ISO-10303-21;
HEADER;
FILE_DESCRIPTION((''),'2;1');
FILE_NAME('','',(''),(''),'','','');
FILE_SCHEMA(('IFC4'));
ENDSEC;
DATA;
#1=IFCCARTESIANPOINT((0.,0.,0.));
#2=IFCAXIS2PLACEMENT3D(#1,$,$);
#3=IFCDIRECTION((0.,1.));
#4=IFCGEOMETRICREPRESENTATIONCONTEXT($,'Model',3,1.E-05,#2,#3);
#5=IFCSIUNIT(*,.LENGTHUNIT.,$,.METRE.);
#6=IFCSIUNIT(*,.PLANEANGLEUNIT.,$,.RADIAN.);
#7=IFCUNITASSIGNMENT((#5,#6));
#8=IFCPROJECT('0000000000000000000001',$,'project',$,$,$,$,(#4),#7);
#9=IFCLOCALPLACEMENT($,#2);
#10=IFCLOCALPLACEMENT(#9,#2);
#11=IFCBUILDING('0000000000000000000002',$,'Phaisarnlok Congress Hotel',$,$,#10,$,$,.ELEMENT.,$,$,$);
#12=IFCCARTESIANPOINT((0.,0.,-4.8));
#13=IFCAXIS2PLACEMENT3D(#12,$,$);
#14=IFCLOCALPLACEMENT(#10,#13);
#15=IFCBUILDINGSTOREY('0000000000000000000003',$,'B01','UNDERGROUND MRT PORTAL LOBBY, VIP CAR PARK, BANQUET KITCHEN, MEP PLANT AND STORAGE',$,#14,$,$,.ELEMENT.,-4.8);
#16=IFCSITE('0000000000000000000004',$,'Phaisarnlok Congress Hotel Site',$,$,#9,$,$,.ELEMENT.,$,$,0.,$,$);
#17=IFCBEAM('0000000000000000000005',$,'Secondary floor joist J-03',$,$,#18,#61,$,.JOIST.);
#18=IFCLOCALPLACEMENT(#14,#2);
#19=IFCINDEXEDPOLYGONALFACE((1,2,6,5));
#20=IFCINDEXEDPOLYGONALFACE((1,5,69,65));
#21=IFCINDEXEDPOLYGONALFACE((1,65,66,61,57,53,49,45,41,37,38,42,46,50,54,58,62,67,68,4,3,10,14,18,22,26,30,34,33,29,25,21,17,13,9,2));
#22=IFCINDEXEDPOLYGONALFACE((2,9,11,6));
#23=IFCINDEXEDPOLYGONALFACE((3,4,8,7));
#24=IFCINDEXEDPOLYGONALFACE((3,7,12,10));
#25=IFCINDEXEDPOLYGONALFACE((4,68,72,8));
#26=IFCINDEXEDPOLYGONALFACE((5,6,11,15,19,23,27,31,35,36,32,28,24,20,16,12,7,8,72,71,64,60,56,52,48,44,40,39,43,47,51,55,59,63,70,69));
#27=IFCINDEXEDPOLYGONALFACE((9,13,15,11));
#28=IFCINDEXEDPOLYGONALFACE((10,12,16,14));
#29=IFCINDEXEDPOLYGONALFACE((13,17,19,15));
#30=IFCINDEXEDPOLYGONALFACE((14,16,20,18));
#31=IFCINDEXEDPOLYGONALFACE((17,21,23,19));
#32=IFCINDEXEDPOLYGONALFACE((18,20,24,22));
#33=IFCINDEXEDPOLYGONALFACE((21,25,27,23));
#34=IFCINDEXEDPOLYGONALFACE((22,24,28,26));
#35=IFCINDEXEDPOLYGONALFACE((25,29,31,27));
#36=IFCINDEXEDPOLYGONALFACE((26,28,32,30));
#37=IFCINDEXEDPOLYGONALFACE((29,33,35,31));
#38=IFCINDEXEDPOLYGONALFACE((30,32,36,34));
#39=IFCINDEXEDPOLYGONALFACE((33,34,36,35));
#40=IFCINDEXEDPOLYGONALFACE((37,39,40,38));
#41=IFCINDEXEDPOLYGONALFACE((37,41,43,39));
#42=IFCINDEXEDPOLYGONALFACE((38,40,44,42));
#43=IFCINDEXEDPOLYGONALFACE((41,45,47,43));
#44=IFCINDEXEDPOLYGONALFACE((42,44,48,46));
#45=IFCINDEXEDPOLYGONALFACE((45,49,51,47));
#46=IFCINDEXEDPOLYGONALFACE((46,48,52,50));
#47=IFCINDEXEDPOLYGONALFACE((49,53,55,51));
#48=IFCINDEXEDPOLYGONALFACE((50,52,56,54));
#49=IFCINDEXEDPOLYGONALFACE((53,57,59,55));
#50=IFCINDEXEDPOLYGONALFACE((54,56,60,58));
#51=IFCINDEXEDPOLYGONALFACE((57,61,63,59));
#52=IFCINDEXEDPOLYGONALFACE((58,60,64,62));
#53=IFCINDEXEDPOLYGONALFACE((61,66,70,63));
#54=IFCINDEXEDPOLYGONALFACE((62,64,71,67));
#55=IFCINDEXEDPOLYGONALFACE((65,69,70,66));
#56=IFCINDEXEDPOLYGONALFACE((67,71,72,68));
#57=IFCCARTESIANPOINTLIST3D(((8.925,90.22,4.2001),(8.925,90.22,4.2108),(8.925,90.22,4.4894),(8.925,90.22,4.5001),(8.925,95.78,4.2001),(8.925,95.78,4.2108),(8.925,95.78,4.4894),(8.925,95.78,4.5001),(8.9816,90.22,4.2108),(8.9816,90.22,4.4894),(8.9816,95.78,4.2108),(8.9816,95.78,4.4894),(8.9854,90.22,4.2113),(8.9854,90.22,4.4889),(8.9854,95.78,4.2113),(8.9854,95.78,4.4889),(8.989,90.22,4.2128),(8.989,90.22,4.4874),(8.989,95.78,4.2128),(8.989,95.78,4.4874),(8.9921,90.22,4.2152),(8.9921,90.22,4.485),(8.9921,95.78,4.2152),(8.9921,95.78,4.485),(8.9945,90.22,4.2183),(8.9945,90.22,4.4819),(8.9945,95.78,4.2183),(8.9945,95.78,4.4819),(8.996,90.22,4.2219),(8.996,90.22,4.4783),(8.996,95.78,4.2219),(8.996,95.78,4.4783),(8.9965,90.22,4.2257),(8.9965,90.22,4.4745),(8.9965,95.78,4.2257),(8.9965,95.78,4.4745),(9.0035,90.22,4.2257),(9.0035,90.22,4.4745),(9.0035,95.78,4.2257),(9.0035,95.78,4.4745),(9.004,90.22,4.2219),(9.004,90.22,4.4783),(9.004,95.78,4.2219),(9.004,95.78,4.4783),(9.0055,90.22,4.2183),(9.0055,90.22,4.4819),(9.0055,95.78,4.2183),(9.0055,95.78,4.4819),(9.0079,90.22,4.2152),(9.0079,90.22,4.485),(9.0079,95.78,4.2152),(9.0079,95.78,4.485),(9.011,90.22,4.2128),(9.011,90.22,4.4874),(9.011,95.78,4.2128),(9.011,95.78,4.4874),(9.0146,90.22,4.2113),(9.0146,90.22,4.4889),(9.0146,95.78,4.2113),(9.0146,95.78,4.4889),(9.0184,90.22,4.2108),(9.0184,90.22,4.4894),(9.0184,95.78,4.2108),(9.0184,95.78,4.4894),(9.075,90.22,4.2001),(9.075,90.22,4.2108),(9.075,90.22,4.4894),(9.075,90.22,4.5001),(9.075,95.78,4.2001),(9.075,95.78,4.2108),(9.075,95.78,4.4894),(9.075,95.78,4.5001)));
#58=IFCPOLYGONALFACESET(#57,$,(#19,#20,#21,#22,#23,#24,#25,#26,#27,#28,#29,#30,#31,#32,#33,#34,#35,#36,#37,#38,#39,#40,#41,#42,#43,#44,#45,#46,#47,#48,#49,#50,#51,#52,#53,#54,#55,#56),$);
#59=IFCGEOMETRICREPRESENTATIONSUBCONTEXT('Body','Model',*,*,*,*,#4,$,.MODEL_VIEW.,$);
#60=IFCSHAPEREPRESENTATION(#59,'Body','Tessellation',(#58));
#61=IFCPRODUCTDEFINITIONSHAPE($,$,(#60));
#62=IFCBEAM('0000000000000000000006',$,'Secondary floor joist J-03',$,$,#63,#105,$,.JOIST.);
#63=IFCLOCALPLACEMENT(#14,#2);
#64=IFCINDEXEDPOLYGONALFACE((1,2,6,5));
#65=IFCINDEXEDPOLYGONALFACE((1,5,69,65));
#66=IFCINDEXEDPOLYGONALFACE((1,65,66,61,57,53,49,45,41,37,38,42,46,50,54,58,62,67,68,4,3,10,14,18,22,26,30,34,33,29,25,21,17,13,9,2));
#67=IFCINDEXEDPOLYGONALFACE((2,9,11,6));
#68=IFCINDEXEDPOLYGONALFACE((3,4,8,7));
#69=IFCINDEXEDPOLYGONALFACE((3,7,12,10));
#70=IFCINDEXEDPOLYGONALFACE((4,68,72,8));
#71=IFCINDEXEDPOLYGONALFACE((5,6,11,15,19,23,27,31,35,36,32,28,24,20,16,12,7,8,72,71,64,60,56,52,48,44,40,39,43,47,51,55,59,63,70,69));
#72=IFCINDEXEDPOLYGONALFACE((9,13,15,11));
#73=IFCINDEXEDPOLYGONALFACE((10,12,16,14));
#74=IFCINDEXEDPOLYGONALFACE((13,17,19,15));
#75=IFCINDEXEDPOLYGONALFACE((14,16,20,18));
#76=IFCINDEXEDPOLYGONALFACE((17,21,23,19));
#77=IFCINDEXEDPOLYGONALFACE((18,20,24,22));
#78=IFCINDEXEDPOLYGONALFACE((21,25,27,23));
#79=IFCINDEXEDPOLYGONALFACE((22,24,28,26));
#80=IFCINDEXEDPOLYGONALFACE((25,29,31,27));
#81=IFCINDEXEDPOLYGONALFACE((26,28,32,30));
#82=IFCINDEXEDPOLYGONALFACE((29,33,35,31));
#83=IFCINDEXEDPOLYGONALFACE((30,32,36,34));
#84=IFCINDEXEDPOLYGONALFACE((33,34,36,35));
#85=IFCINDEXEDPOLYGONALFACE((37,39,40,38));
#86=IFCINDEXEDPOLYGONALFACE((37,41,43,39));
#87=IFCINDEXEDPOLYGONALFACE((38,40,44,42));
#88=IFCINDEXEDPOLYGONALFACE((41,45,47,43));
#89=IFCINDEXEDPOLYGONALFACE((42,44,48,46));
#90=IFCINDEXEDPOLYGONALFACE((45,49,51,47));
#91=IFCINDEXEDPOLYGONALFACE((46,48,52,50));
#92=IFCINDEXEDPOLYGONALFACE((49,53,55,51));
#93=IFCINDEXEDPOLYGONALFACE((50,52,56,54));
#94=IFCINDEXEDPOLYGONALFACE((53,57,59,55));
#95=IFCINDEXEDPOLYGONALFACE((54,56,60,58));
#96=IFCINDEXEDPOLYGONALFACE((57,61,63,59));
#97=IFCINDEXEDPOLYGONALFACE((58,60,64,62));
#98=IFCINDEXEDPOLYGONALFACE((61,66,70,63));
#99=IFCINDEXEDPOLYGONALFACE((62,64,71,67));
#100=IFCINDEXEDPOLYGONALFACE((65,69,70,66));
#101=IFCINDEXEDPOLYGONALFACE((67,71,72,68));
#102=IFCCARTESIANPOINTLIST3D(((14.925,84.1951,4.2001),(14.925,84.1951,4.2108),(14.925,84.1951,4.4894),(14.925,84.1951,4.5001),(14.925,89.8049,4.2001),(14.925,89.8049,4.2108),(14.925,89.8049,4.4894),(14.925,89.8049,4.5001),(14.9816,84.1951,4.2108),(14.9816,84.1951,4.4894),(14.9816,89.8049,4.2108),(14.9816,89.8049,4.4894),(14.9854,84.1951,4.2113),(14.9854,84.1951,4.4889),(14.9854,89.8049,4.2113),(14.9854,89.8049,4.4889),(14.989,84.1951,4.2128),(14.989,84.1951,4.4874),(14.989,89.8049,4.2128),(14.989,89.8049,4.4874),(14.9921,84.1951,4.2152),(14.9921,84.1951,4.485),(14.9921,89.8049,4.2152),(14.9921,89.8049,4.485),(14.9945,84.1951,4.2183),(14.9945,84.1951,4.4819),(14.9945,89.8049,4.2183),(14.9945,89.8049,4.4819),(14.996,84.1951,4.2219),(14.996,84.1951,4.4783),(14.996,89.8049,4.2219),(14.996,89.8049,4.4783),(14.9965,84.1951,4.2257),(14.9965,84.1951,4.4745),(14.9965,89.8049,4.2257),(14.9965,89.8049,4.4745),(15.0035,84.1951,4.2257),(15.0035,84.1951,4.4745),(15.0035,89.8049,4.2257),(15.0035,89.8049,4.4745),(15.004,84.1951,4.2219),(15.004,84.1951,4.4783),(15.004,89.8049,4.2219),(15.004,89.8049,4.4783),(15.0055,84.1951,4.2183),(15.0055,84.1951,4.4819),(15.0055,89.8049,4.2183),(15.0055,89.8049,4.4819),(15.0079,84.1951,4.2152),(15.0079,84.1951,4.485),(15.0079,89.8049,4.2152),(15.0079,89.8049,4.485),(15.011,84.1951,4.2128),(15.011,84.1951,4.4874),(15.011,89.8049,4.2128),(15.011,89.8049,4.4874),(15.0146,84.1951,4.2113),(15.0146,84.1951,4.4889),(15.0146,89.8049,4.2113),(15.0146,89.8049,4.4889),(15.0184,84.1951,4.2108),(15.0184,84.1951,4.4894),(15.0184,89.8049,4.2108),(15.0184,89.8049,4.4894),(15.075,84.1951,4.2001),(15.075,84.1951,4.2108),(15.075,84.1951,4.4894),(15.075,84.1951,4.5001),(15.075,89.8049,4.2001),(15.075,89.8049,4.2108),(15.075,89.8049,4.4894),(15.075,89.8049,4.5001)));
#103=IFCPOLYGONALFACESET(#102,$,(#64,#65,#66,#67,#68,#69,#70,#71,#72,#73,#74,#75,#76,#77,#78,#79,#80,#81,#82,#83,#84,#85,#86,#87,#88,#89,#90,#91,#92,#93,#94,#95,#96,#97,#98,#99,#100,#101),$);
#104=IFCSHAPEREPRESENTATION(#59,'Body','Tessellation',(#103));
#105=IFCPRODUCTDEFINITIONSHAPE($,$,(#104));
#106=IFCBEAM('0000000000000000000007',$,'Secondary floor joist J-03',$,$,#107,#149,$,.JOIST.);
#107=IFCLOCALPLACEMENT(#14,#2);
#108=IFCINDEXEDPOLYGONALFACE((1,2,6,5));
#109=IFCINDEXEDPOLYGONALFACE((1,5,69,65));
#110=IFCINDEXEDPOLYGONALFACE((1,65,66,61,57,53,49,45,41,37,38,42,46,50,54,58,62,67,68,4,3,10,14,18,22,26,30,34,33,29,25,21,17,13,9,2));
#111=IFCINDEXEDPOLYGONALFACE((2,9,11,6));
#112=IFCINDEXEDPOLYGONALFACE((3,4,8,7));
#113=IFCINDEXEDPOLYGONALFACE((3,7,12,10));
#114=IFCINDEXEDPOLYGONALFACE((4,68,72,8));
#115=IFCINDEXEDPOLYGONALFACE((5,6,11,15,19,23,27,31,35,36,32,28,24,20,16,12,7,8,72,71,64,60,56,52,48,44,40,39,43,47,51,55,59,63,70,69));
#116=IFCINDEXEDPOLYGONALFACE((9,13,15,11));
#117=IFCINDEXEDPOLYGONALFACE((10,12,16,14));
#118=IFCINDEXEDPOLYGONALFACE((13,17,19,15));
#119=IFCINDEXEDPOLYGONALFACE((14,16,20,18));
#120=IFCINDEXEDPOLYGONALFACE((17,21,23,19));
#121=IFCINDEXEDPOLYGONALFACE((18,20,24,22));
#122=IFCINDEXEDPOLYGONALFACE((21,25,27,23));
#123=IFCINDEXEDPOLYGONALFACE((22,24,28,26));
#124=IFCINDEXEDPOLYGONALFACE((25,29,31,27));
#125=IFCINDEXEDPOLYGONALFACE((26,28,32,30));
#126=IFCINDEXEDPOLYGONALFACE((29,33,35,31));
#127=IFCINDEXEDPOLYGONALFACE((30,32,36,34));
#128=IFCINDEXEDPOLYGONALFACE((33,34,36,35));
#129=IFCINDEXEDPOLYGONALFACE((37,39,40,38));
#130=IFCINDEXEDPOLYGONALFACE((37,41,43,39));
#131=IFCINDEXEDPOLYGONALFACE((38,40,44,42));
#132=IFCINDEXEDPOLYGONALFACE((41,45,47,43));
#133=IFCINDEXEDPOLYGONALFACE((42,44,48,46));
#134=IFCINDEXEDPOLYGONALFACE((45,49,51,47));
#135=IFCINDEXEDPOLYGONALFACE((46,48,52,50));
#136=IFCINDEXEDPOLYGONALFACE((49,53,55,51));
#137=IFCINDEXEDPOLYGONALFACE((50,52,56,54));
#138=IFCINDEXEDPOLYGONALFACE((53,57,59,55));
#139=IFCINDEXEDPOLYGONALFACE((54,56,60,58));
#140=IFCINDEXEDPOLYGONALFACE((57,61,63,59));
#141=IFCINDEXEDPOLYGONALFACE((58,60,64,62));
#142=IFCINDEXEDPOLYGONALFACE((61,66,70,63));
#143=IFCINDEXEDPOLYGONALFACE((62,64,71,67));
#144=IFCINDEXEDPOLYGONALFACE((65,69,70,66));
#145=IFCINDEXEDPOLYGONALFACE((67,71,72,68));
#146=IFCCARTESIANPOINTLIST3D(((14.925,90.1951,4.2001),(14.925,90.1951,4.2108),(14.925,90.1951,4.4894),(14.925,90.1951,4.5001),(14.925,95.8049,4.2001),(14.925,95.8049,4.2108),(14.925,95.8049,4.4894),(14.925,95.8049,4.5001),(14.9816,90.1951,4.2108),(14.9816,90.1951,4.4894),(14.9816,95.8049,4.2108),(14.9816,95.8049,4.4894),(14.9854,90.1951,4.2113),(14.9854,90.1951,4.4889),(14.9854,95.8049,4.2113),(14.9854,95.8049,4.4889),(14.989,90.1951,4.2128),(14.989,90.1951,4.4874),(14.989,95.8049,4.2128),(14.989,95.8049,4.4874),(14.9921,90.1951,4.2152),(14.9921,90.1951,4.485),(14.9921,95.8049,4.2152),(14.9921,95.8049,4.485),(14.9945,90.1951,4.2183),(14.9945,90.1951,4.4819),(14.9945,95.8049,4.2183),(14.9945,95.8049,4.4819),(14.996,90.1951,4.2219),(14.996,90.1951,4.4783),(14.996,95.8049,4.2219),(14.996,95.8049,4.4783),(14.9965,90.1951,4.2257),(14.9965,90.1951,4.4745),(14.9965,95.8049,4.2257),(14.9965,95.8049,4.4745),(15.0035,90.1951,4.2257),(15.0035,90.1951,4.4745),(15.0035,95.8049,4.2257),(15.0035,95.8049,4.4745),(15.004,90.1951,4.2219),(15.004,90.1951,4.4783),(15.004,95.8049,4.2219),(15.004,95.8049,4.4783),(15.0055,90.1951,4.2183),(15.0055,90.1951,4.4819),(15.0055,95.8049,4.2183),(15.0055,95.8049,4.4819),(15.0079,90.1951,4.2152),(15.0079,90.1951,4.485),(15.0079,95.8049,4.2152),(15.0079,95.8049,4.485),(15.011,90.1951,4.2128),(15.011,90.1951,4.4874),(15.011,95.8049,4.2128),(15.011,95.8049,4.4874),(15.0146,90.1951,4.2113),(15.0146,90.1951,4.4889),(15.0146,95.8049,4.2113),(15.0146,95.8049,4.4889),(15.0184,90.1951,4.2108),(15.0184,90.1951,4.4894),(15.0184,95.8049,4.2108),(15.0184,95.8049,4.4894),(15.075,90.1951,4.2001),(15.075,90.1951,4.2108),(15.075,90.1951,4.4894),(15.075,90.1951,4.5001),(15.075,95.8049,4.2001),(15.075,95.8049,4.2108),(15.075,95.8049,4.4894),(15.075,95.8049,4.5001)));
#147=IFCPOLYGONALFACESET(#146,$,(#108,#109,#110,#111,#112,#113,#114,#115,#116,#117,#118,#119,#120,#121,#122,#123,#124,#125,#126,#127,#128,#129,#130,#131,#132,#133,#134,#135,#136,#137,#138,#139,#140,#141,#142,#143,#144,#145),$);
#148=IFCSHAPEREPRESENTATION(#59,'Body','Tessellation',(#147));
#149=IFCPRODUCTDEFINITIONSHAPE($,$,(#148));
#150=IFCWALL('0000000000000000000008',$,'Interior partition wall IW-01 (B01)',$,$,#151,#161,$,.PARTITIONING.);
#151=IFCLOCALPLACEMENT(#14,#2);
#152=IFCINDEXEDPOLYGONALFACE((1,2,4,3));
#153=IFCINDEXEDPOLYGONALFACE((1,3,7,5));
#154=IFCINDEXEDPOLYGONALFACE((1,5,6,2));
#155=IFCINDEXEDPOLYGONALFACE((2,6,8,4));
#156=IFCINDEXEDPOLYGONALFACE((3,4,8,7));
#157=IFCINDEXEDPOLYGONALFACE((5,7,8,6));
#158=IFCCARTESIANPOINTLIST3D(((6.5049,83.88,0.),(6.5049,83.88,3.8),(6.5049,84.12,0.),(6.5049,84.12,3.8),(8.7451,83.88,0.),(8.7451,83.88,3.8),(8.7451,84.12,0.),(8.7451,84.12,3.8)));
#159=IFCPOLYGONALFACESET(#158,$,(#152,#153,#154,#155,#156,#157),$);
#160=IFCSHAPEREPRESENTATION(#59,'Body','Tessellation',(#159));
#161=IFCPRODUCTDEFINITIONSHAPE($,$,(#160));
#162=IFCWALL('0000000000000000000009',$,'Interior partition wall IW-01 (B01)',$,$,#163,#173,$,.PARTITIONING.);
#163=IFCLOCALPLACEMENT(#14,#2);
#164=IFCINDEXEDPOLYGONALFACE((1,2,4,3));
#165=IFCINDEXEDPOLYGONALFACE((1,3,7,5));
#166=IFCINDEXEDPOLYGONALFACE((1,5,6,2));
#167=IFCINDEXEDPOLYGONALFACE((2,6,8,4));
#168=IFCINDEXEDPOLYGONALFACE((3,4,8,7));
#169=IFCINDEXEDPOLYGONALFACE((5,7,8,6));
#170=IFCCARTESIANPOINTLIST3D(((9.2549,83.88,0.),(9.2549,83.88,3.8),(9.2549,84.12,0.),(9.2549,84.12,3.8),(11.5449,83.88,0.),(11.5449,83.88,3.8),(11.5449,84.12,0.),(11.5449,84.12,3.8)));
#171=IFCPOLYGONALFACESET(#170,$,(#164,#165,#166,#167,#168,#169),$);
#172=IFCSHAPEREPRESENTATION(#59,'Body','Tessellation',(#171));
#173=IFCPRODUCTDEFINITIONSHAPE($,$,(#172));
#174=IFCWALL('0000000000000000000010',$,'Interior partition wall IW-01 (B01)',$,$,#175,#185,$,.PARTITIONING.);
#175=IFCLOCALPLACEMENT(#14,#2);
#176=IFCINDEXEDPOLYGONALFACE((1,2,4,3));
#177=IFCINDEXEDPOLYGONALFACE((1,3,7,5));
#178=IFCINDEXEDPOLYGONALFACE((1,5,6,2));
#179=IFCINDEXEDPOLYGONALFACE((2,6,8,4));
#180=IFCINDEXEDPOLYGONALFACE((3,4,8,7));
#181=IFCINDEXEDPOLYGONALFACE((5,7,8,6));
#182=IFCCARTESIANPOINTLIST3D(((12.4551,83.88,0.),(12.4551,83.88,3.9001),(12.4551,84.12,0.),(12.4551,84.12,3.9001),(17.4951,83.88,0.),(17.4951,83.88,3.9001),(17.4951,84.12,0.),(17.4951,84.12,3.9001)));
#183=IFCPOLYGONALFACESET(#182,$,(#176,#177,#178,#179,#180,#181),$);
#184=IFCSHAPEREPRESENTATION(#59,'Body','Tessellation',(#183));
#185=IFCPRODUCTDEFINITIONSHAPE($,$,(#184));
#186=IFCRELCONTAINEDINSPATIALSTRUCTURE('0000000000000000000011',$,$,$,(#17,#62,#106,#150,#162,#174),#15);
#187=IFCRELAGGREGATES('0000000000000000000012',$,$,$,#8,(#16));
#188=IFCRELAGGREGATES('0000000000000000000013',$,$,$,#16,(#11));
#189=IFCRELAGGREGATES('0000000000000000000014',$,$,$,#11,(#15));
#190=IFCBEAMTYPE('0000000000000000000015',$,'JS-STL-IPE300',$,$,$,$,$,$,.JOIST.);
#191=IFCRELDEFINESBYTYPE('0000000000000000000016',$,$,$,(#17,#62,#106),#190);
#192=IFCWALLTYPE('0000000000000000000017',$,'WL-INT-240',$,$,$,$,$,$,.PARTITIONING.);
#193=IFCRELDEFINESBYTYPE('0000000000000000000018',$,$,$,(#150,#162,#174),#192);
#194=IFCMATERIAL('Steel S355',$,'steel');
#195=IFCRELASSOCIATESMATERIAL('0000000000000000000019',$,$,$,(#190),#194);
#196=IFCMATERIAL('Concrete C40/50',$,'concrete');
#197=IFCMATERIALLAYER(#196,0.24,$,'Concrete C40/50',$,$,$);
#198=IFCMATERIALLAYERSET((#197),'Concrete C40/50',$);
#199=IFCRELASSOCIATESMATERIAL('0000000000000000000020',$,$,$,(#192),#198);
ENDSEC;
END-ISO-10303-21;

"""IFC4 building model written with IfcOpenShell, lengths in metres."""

from ifc_helpers import new_model, si_unit, direction, frame, frame_2d, origin, origin_2d, place, context, subcontext, project, spatial, rectangle, i_section, extrude, material, layer, layer_set, material_profile, profile_set, type_object, element, save


model = new_model("IFC4")

# Units and contexts
model_context = context("Model", 3, precision=1e-05, world=origin(), true_north=direction((0.0, 1.0)))
body_context = subcontext(model_context, "Body", "Model", "MODEL_VIEW")
ifc_project = project(units=[si_unit("LENGTHUNIT", "METRE"), si_unit("PLANEANGLEUNIT", "RADIAN")], contexts=[model_context])

# Site, building, storey
site_placement = place(None, origin())
site = spatial("IfcSite", under=ifc_project, at=site_placement, Name="Phaisarnlok Congress Hotel Site", CompositionType="ELEMENT", RefElevation=0.0)
building_placement = place(site_placement, origin())
building = spatial("IfcBuilding", under=site, at=building_placement, Name="Phaisarnlok Congress Hotel", CompositionType="ELEMENT")
storey_placement = place(building_placement, frame((0.0, 0.0, -4.8)))
storey = spatial("IfcBuildingStorey", under=building, at=storey_placement, Name="B01", Description="UNDERGROUND MRT PORTAL LOBBY, VIP CAR PARK, BANQUET KITCHEN, MEP PLANT AND STORAGE", CompositionType="ELEMENT", Elevation=-4.8)

# Shared definitions
ifc_material_1 = material(Name="Concrete C40/50", Category="concrete")

# Beams
ifc_material_2 = material(Name="Steel S355", Category="steel")
ifc_material_profile_1 = material_profile(ifc_material_2, i_section(OverallWidth=0.1499, OverallDepth=0.3, WebThickness=0.0071, FlangeThickness=0.0107, FilletRadius=0.0149, at=origin_2d()), Name="IPE 300")
ifc_profile_set_1 = profile_set([ifc_material_profile_1], Name="Steel S355")
beam_type_1 = type_object("IfcBeamType", Name="JS-STL-IPE300", PredefinedType="JOIST", material=ifc_profile_set_1)
for number, where, z_axis, x_axis, name in (
    (1, (9.0, 90.22, 4.3501), (0.0, 1.0, 0.0), (-1.0, 0.0, 0.0), "Secondary floor joist J-03"),
):
    element("IfcBeam", number, at=place(storey_placement, frame(where, z_axis=z_axis, x_axis=x_axis)), inside=storey, type_object=beam_type_1, Name=name, PredefinedType="JOIST", context=body_context, shape_type="SweptSolid", body=[
        extrude(i_section(OverallWidth=0.1499, OverallDepth=0.3, WebThickness=0.0071, FlangeThickness=0.0107, FilletRadius=0.0149, at=origin_2d()), origin(), (0.0, 0.0, 1.0), 5.5601),
    ])
for number, where, z_axis, x_axis, name in (
    (2, (15.0, 84.1951, 4.3501), (0.0, 1.0, 0.0), (-1.0, 0.0, 0.0), "Secondary floor joist J-03"),
    (3, (15.0, 90.1951, 4.3501), (0.0, 1.0, 0.0), (-1.0, 0.0, 0.0), "Secondary floor joist J-03"),
):
    element("IfcBeam", number, at=place(storey_placement, frame(where, z_axis=z_axis, x_axis=x_axis)), inside=storey, type_object=beam_type_1, Name=name, PredefinedType="JOIST", context=body_context, shape_type="SweptSolid", body=[
        extrude(i_section(OverallWidth=0.1499, OverallDepth=0.3, WebThickness=0.0071, FlangeThickness=0.0107, FilletRadius=0.0149, at=origin_2d()), origin(), (0.0, 0.0, 1.0), 5.6099),
    ])

# Walls
ifc_layer = layer(ifc_material_1, 0.24, Name="Concrete C40/50")
ifc_layer_set = layer_set([ifc_layer], Name="Concrete C40/50")
wall_type = type_object("IfcWallType", Name="WL-INT-240", PredefinedType="PARTITIONING", material=ifc_layer_set)
wall_1_placement = place(storey_placement, frame((6.5049, 84.0, 0.0), z_axis=(0.0, 0.0, 1.0), x_axis=(1.0, 0.0, 0.0)))
element("IfcWall", 4, at=wall_1_placement, inside=storey, type_object=wall_type, Name="Interior partition wall IW-01 (B01)", PredefinedType="PARTITIONING", context=body_context, shape_type="SweptSolid", body=[
    extrude(rectangle(XDim=2.2402, YDim=0.24, at=frame_2d((1.1201, 0.0))), origin(), (0.0, 0.0, 1.0), 3.8),
])
wall_2_placement = place(storey_placement, frame((9.2549, 84.0, 0.0), z_axis=(0.0, 0.0, 1.0), x_axis=(1.0, 0.0, 0.0)))
element("IfcWall", 5, at=wall_2_placement, inside=storey, type_object=wall_type, Name="Interior partition wall IW-01 (B01)", PredefinedType="PARTITIONING", context=body_context, shape_type="SweptSolid", body=[
    extrude(rectangle(XDim=2.29, YDim=0.24, at=frame_2d((1.145, 0.0))), origin(), (0.0, 0.0, 1.0), 3.8),
])
wall_3_placement = place(storey_placement, frame((12.4551, 84.0, 0.0), z_axis=(0.0, 0.0, 1.0), x_axis=(1.0, 0.0, 0.0)))
element("IfcWall", 6, at=wall_3_placement, inside=storey, type_object=wall_type, Name="Interior partition wall IW-01 (B01)", PredefinedType="PARTITIONING", context=body_context, shape_type="SweptSolid", body=[
    extrude(rectangle(XDim=5.04, YDim=0.24, at=frame_2d((2.52, 0.0))), origin(), (0.0, 0.0, 1.0), 3.9001),
])

save(model, "model.ifc")
